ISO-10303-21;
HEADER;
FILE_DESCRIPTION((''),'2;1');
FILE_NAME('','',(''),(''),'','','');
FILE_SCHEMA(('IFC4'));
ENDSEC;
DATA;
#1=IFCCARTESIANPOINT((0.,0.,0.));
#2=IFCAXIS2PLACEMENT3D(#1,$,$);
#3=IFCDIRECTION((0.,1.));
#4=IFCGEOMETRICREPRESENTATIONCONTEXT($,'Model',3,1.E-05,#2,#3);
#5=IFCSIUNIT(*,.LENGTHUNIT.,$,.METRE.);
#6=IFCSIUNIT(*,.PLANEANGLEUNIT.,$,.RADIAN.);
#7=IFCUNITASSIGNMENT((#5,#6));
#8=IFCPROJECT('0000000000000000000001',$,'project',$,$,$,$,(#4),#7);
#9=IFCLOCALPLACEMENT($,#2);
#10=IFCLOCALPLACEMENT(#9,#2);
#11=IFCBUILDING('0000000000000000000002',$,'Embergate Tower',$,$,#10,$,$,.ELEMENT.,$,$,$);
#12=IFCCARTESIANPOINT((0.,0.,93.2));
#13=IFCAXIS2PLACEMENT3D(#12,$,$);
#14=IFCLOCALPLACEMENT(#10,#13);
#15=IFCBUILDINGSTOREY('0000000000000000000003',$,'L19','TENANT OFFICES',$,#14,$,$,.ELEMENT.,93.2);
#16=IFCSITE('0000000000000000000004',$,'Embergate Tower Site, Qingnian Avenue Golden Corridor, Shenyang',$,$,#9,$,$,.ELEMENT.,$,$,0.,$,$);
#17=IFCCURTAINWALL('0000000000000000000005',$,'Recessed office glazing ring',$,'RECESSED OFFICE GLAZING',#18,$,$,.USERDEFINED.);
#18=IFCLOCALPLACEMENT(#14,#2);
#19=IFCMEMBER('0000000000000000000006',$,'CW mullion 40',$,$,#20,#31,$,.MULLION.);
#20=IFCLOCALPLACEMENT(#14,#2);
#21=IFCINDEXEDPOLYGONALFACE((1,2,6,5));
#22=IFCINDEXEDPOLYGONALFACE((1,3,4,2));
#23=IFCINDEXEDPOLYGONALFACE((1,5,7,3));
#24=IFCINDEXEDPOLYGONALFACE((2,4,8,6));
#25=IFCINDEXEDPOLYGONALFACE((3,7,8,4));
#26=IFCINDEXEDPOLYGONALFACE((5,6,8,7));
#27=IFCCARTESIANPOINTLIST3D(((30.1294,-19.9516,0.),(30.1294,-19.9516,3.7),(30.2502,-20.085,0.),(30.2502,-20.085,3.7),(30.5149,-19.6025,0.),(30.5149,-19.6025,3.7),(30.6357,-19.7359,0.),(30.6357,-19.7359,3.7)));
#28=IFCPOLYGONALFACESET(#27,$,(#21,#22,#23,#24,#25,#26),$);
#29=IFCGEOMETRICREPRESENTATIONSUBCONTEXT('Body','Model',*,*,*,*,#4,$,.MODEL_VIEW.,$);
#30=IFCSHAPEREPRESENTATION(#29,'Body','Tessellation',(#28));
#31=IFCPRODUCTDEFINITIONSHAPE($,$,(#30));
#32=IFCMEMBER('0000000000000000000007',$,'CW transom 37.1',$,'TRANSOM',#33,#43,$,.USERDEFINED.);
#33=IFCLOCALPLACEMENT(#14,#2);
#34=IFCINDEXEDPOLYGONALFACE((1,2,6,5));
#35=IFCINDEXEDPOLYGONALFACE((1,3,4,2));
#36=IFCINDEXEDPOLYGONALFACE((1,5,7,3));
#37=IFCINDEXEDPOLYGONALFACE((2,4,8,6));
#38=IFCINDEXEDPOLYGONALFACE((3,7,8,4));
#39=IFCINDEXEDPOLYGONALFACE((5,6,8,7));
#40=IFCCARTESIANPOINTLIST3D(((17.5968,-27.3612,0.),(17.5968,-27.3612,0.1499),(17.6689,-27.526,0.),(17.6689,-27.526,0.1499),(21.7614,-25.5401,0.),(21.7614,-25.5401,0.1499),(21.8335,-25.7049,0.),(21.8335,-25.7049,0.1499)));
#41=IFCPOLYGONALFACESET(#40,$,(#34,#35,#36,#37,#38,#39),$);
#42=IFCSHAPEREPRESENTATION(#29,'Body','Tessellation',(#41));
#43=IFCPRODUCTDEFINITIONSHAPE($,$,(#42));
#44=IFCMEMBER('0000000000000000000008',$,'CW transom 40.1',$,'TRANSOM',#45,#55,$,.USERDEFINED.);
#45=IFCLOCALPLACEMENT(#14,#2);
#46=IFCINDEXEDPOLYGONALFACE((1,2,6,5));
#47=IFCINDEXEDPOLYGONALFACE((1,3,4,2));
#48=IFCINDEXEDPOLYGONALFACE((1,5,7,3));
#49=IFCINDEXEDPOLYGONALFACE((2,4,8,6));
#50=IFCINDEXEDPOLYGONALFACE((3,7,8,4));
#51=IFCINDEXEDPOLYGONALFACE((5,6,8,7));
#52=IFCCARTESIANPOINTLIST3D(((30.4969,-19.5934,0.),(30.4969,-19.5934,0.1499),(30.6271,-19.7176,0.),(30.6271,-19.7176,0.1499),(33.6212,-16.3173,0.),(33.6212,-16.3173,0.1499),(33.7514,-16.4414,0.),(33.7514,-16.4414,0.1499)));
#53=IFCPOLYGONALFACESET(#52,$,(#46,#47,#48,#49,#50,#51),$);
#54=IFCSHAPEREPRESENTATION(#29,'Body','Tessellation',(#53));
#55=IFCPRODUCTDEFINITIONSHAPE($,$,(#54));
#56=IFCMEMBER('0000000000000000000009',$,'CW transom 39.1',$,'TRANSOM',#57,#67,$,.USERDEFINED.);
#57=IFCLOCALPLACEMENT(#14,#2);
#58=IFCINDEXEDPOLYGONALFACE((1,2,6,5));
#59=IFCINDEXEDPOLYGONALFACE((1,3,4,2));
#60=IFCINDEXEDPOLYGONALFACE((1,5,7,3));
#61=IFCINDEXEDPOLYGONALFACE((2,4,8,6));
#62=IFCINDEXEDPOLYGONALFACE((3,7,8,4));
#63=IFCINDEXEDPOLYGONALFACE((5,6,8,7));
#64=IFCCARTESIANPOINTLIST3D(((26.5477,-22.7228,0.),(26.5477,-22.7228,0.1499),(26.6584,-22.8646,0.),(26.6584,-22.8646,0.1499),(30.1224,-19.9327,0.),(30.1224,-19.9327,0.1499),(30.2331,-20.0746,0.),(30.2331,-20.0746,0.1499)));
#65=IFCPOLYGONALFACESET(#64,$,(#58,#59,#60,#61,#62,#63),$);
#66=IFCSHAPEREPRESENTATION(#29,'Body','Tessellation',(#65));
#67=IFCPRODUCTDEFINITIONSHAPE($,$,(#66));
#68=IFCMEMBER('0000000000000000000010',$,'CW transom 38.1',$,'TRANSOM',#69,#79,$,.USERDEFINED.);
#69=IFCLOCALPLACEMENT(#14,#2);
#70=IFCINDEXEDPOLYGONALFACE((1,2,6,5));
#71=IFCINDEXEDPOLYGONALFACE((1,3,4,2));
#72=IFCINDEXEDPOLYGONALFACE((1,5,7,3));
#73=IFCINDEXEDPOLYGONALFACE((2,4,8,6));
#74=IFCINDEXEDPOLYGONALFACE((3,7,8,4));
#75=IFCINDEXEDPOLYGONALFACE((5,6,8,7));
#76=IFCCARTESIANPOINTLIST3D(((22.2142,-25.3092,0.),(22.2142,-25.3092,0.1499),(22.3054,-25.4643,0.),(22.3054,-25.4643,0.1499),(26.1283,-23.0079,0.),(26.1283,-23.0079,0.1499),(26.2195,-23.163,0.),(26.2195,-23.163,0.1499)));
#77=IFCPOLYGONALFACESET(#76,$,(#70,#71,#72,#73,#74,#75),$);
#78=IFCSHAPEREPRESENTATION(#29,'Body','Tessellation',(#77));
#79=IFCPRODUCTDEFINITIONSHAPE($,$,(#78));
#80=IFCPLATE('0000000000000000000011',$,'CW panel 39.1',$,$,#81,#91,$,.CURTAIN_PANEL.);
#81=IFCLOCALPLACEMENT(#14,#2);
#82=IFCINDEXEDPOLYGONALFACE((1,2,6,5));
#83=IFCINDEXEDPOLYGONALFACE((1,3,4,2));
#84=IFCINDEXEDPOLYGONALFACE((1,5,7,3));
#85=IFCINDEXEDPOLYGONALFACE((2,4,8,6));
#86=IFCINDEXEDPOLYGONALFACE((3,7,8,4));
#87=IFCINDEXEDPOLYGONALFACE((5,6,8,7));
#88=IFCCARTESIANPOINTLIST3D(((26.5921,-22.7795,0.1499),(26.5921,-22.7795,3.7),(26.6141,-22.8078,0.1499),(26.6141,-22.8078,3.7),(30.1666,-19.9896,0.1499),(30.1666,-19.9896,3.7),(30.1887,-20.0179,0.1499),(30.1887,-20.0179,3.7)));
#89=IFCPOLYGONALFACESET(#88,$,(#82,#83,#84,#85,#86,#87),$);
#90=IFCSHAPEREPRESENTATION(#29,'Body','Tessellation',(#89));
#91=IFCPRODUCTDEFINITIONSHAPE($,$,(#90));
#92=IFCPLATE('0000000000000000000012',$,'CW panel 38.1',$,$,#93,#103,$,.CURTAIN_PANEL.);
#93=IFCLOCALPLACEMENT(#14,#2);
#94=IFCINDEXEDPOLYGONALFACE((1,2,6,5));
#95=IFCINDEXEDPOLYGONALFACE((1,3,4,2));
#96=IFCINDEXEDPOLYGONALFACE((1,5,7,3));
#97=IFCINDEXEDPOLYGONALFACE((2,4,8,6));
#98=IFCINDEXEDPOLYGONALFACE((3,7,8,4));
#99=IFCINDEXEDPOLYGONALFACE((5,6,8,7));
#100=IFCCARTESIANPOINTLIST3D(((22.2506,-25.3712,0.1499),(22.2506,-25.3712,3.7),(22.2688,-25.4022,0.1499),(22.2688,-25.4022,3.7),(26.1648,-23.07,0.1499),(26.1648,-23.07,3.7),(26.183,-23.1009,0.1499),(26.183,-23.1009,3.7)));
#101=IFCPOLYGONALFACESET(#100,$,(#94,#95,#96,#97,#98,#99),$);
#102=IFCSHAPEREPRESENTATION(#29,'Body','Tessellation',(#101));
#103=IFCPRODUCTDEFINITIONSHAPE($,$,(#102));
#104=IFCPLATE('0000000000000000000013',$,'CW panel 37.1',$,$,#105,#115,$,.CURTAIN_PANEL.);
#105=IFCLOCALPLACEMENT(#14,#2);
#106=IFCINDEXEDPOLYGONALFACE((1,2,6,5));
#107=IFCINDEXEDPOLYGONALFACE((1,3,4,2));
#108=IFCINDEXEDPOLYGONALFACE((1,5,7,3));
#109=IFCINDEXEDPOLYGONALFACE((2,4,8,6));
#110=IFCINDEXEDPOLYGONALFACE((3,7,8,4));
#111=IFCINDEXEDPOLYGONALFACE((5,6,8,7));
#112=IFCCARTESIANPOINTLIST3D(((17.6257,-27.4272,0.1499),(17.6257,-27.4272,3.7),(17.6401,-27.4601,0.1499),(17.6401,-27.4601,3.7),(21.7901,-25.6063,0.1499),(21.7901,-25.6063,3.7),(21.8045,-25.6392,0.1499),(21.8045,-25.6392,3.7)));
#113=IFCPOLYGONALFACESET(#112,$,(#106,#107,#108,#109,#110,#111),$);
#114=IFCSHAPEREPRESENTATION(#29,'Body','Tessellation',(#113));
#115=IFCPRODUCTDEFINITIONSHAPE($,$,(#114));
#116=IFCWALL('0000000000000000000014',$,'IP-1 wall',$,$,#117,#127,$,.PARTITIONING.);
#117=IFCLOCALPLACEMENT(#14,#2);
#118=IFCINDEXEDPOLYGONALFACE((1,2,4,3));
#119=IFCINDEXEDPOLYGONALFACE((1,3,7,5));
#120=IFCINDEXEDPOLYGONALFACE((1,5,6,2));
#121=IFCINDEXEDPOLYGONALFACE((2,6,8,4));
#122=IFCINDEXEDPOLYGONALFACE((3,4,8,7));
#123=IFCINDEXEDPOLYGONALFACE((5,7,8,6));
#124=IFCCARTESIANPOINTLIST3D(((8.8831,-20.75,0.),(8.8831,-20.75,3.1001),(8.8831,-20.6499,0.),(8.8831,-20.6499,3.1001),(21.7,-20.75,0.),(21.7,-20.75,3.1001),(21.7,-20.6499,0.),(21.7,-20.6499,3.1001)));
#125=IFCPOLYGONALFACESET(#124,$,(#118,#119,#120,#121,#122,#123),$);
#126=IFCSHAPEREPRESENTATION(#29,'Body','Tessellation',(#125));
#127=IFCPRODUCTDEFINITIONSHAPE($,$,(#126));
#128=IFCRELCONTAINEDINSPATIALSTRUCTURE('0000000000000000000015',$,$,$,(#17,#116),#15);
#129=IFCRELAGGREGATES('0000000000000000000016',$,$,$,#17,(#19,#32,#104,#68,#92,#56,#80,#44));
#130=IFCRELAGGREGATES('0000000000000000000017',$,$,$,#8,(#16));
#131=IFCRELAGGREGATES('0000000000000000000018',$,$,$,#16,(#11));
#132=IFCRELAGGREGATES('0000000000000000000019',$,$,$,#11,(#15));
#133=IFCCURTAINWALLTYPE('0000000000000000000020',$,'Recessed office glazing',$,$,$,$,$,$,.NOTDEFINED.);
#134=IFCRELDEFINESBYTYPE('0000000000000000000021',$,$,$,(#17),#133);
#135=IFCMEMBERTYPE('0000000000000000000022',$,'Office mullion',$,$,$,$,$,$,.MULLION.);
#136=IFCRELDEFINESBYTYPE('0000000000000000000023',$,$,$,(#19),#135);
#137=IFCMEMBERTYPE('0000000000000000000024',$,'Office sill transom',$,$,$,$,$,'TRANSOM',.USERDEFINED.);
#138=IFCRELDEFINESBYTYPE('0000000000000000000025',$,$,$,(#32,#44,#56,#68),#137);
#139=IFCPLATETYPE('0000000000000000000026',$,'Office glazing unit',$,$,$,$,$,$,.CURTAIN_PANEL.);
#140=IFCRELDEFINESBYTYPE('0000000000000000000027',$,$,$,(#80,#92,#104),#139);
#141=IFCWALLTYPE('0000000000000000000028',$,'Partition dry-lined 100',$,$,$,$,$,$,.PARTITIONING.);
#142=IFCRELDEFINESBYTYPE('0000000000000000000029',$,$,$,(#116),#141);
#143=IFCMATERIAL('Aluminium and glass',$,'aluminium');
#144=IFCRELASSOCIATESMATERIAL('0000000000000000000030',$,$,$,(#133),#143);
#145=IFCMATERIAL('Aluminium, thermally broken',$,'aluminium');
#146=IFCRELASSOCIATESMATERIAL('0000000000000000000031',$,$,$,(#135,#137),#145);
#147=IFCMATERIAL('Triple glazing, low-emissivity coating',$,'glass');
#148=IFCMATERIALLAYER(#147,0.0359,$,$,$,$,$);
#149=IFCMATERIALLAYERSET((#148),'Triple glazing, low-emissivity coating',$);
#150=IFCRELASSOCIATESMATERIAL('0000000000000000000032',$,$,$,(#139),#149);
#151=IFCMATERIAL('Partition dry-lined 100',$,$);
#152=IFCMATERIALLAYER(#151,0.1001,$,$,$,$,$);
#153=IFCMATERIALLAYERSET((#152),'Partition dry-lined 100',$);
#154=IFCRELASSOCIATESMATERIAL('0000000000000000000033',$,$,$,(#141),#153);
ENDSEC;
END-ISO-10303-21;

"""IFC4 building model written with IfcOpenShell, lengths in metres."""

from ifc_helpers import new_model, si_unit, direction, frame, frame_2d, origin, origin_2d, place, context, subcontext, project, spatial, rectangle, extrude, source, transform, mapped, material, layer, layer_set, material_profile, profile_set, type_object, element, aggregate, save


model = new_model("IFC4")

# Units and contexts
model_context = context("Model", 3, precision=1e-05, world=origin(), true_north=direction((0.0, 1.0)))
body_context = subcontext(model_context, "Body", "Model", "MODEL_VIEW")
ifc_project = project(units=[si_unit("LENGTHUNIT", "METRE"), si_unit("PLANEANGLEUNIT", "RADIAN")], contexts=[model_context])

# Site, building, storey
site_placement = place(None, origin())
site = spatial("IfcSite", under=ifc_project, at=site_placement, Name="Embergate Tower Site, Qingnian Avenue Golden Corridor, Shenyang", CompositionType="ELEMENT", RefElevation=0.0)
building_placement = place(site_placement, origin())
building = spatial("IfcBuilding", under=site, at=building_placement, Name="Embergate Tower", CompositionType="ELEMENT")
storey_placement = place(building_placement, frame((0.0, 0.0, 93.2)))
storey = spatial("IfcBuildingStorey", under=building, at=storey_placement, Name="L19", Description="TENANT OFFICES", CompositionType="ELEMENT", Elevation=93.2)

# Curtain wall, members, plates
ifc_material_1 = material(Name="Aluminium and glass", Category="aluminium")
curtain_wall_type = type_object("IfcCurtainWallType", Name="Recessed office glazing", PredefinedType="NOTDEFINED", material=ifc_material_1)
curtain_wall_placement = place(storey_placement, origin())
curtain_wall = element("IfcCurtainWall", 1, at=curtain_wall_placement, inside=storey, type_object=curtain_wall_type, Name="Recessed office glazing ring", ObjectType="RECESSED OFFICE GLAZING", PredefinedType="USERDEFINED")
ifc_material_2 = material(Name="Aluminium, thermally broken", Category="aluminium")
ifc_material_profile_1 = material_profile(ifc_material_2, rectangle(XDim=0.1799, YDim=0.52, at=origin_2d()), Name="AL 520x180")
ifc_profile_set_1 = profile_set([ifc_material_profile_1], Name="Aluminium, thermally broken")
member_type_1 = type_object("IfcMemberType", Name="Office mullion", PredefinedType="MULLION", material=ifc_profile_set_1)
shared_shape_1 = source(origin(), body_context, "Body", "SweptSolid", [
    extrude(rectangle(XDim=0.1799, YDim=0.52, at=origin_2d()), origin(), (0.0, 0.0, 1.0), 3.7),
])
member_1_placement = place(storey_placement, frame((30.3826, -19.8438, 0.0), z_axis=(0.0, 0.0, 1.0), x_axis=(-0.671232, 0.741248, 0.0)))
member_1 = element("IfcMember", 2, at=member_1_placement, type_object=member_type_1, Name="CW mullion 40", PredefinedType="MULLION", context=body_context, shape_type="MappedRepresentation", body=[
    mapped(shared_shape_1, transform((0.0, 0.0, 0.0))),
])
ifc_material_profile_2 = material_profile(ifc_material_2, rectangle(XDim=0.1799, YDim=0.1499, at=origin_2d()), Name="AL 150x180")
ifc_profile_set_2 = profile_set([ifc_material_profile_2], Name="Aluminium, thermally broken")
member_type_2 = type_object("IfcMemberType", Name="Office sill transom", ElementType="TRANSOM", PredefinedType="USERDEFINED", material=ifc_profile_set_2)
shared_shape_2 = source(origin(), body_context, "Body", "SweptSolid", [
    extrude(rectangle(XDim=0.1799, YDim=0.1499, at=origin_2d()), origin(), (0.0, 0.0, 1.0), 4.5454),
])
member_2_placement = place(storey_placement, frame((17.6328, -27.4436, 0.075), z_axis=(0.916234, 0.400644, 0.0), x_axis=(-0.400644, 0.916234, 0.0)))
member_2 = element("IfcMember", 3, at=member_2_placement, type_object=member_type_2, Name="CW transom 37.1", ObjectType="TRANSOM", PredefinedType="USERDEFINED", context=body_context, shape_type="MappedRepresentation", body=[
    mapped(shared_shape_2, transform((0.0, 0.0, 0.0))),
])
shared_shape_3 = source(origin(), body_context, "Body", "SweptSolid", [
    extrude(rectangle(XDim=0.1799, YDim=0.1499, at=origin_2d()), origin(), (0.0, 0.0, 1.0), 4.5271),
])
member_3_placement = place(storey_placement, frame((30.562, -19.6555, 0.075), z_axis=(0.690136, 0.72368, 0.0), x_axis=(-0.72368, 0.690136, 0.0)))
member_3 = element("IfcMember", 4, at=member_3_placement, type_object=member_type_2, Name="CW transom 40.1", ObjectType="TRANSOM", PredefinedType="USERDEFINED", context=body_context, shape_type="MappedRepresentation", body=[
    mapped(shared_shape_3, transform((0.0, 0.0, 0.0))),
])
shared_shape_4 = source(origin(), body_context, "Body", "SweptSolid", [
    extrude(rectangle(XDim=0.1799, YDim=0.1499, at=origin_2d()), origin(), (0.0, 0.0, 1.0), 4.5347),
])
member_4_placement = place(storey_placement, frame((26.603, -22.7937, 0.075), z_axis=(0.788313, 0.615274, 0.0), x_axis=(-0.615274, 0.788313, 0.0)))
member_4 = element("IfcMember", 5, at=member_4_placement, type_object=member_type_2, Name="CW transom 39.1", ObjectType="TRANSOM", PredefinedType="USERDEFINED", context=body_context, shape_type="MappedRepresentation", body=[
    mapped(shared_shape_4, transform((0.0, 0.0, 0.0))),
])
shared_shape_5 = source(origin(), body_context, "Body", "SweptSolid", [
    extrude(rectangle(XDim=0.1799, YDim=0.1499, at=origin_2d()), origin(), (0.0, 0.0, 1.0), 4.5405),
])
member_5_placement = place(storey_placement, frame((22.2598, -25.3867, 0.075), z_axis=(0.862042, 0.506837, 0.0), x_axis=(-0.506837, 0.862042, 0.0)))
member_5 = element("IfcMember", 6, at=member_5_placement, type_object=member_type_2, Name="CW transom 38.1", ObjectType="TRANSOM", PredefinedType="USERDEFINED", context=body_context, shape_type="MappedRepresentation", body=[
    mapped(shared_shape_5, transform((0.0, 0.0, 0.0))),
])
ifc_material_3 = material(Name="Triple glazing, low-emissivity coating", Category="glass")
ifc_layer_1 = layer(ifc_material_3, 0.0359)
ifc_layer_set_1 = layer_set([ifc_layer_1], Name="Triple glazing, low-emissivity coating")
plate_type = type_object("IfcPlateType", Name="Office glazing unit", PredefinedType="CURTAIN_PANEL", material=ifc_layer_set_1)
shared_shape_6 = source(origin(), body_context, "Body", "SweptSolid", [
    extrude(rectangle(XDim=4.5344, YDim=0.0359, at=origin_2d()), origin(), (0.0, 0.0, 1.0), 3.55),
])
plate_1_placement = place(storey_placement, frame((28.3904, -21.3987, 0.1499), z_axis=(0.0, 0.0, 1.0), x_axis=(0.788319, 0.615267, 0.0)))
plate_1 = element("IfcPlate", 7, at=plate_1_placement, type_object=plate_type, Name="CW panel 39.1", PredefinedType="CURTAIN_PANEL", context=body_context, shape_type="MappedRepresentation", body=[
    mapped(shared_shape_6, transform((0.0, 0.0, 0.0))),
])
shared_shape_7 = source(origin(), body_context, "Body", "SweptSolid", [
    extrude(rectangle(XDim=4.5405, YDim=0.0359, at=origin_2d()), origin(), (0.0, 0.0, 1.0), 3.55),
])
plate_2_placement = place(storey_placement, frame((24.2168, -24.2361, 0.1499), z_axis=(0.0, 0.0, 1.0), x_axis=(0.862052, 0.506819, 0.0)))
plate_2 = element("IfcPlate", 8, at=plate_2_placement, type_object=plate_type, Name="CW panel 38.1", PredefinedType="CURTAIN_PANEL", context=body_context, shape_type="MappedRepresentation", body=[
    mapped(shared_shape_7, transform((0.0, 0.0, 0.0))),
])
shared_shape_8 = source(origin(), body_context, "Body", "SweptSolid", [
    extrude(rectangle(XDim=4.5452, YDim=0.0359, at=origin_2d()), origin(), (0.0, 0.0, 1.0), 3.55),
])
plate_3_placement = place(storey_placement, frame((19.7151, -26.5332, 0.1499), z_axis=(0.0, 0.0, 1.0), x_axis=(0.916236, 0.40064, 0.0)))
plate_3 = element("IfcPlate", 9, at=plate_3_placement, type_object=plate_type, Name="CW panel 37.1", PredefinedType="CURTAIN_PANEL", context=body_context, shape_type="MappedRepresentation", body=[
    mapped(shared_shape_8, transform((0.0, 0.0, 0.0))),
])
aggregate(curtain_wall, [member_1, member_2, plate_3, member_5, plate_2, member_4, plate_1, member_3])

# Wall
ifc_material_4 = material(Name="Partition dry-lined 100")
ifc_layer_2 = layer(ifc_material_4, 0.1001)
ifc_layer_set_2 = layer_set([ifc_layer_2], Name="Partition dry-lined 100")
wall_type = type_object("IfcWallType", Name="Partition dry-lined 100", PredefinedType="PARTITIONING", material=ifc_layer_set_2)
shared_shape_9 = source(origin(), body_context, "Body", "SweptSolid", [
    extrude(rectangle(XDim=12.8169, YDim=0.1001, at=frame_2d((6.4084, 0.0))), origin(), (0.0, 0.0, 1.0), 3.1001),
])
wall_placement = place(storey_placement, frame((21.7, -20.7, 0.0), z_axis=(0.0, 0.0, 1.0), x_axis=(-1.0, 0.0, 0.0)))
element("IfcWall", 10, at=wall_placement, inside=storey, type_object=wall_type, Name="IP-1 wall", PredefinedType="PARTITIONING", context=body_context, shape_type="MappedRepresentation", body=[
    mapped(shared_shape_9, transform((0.0, 0.0, 0.0))),
])

save(model, "model.ifc")
